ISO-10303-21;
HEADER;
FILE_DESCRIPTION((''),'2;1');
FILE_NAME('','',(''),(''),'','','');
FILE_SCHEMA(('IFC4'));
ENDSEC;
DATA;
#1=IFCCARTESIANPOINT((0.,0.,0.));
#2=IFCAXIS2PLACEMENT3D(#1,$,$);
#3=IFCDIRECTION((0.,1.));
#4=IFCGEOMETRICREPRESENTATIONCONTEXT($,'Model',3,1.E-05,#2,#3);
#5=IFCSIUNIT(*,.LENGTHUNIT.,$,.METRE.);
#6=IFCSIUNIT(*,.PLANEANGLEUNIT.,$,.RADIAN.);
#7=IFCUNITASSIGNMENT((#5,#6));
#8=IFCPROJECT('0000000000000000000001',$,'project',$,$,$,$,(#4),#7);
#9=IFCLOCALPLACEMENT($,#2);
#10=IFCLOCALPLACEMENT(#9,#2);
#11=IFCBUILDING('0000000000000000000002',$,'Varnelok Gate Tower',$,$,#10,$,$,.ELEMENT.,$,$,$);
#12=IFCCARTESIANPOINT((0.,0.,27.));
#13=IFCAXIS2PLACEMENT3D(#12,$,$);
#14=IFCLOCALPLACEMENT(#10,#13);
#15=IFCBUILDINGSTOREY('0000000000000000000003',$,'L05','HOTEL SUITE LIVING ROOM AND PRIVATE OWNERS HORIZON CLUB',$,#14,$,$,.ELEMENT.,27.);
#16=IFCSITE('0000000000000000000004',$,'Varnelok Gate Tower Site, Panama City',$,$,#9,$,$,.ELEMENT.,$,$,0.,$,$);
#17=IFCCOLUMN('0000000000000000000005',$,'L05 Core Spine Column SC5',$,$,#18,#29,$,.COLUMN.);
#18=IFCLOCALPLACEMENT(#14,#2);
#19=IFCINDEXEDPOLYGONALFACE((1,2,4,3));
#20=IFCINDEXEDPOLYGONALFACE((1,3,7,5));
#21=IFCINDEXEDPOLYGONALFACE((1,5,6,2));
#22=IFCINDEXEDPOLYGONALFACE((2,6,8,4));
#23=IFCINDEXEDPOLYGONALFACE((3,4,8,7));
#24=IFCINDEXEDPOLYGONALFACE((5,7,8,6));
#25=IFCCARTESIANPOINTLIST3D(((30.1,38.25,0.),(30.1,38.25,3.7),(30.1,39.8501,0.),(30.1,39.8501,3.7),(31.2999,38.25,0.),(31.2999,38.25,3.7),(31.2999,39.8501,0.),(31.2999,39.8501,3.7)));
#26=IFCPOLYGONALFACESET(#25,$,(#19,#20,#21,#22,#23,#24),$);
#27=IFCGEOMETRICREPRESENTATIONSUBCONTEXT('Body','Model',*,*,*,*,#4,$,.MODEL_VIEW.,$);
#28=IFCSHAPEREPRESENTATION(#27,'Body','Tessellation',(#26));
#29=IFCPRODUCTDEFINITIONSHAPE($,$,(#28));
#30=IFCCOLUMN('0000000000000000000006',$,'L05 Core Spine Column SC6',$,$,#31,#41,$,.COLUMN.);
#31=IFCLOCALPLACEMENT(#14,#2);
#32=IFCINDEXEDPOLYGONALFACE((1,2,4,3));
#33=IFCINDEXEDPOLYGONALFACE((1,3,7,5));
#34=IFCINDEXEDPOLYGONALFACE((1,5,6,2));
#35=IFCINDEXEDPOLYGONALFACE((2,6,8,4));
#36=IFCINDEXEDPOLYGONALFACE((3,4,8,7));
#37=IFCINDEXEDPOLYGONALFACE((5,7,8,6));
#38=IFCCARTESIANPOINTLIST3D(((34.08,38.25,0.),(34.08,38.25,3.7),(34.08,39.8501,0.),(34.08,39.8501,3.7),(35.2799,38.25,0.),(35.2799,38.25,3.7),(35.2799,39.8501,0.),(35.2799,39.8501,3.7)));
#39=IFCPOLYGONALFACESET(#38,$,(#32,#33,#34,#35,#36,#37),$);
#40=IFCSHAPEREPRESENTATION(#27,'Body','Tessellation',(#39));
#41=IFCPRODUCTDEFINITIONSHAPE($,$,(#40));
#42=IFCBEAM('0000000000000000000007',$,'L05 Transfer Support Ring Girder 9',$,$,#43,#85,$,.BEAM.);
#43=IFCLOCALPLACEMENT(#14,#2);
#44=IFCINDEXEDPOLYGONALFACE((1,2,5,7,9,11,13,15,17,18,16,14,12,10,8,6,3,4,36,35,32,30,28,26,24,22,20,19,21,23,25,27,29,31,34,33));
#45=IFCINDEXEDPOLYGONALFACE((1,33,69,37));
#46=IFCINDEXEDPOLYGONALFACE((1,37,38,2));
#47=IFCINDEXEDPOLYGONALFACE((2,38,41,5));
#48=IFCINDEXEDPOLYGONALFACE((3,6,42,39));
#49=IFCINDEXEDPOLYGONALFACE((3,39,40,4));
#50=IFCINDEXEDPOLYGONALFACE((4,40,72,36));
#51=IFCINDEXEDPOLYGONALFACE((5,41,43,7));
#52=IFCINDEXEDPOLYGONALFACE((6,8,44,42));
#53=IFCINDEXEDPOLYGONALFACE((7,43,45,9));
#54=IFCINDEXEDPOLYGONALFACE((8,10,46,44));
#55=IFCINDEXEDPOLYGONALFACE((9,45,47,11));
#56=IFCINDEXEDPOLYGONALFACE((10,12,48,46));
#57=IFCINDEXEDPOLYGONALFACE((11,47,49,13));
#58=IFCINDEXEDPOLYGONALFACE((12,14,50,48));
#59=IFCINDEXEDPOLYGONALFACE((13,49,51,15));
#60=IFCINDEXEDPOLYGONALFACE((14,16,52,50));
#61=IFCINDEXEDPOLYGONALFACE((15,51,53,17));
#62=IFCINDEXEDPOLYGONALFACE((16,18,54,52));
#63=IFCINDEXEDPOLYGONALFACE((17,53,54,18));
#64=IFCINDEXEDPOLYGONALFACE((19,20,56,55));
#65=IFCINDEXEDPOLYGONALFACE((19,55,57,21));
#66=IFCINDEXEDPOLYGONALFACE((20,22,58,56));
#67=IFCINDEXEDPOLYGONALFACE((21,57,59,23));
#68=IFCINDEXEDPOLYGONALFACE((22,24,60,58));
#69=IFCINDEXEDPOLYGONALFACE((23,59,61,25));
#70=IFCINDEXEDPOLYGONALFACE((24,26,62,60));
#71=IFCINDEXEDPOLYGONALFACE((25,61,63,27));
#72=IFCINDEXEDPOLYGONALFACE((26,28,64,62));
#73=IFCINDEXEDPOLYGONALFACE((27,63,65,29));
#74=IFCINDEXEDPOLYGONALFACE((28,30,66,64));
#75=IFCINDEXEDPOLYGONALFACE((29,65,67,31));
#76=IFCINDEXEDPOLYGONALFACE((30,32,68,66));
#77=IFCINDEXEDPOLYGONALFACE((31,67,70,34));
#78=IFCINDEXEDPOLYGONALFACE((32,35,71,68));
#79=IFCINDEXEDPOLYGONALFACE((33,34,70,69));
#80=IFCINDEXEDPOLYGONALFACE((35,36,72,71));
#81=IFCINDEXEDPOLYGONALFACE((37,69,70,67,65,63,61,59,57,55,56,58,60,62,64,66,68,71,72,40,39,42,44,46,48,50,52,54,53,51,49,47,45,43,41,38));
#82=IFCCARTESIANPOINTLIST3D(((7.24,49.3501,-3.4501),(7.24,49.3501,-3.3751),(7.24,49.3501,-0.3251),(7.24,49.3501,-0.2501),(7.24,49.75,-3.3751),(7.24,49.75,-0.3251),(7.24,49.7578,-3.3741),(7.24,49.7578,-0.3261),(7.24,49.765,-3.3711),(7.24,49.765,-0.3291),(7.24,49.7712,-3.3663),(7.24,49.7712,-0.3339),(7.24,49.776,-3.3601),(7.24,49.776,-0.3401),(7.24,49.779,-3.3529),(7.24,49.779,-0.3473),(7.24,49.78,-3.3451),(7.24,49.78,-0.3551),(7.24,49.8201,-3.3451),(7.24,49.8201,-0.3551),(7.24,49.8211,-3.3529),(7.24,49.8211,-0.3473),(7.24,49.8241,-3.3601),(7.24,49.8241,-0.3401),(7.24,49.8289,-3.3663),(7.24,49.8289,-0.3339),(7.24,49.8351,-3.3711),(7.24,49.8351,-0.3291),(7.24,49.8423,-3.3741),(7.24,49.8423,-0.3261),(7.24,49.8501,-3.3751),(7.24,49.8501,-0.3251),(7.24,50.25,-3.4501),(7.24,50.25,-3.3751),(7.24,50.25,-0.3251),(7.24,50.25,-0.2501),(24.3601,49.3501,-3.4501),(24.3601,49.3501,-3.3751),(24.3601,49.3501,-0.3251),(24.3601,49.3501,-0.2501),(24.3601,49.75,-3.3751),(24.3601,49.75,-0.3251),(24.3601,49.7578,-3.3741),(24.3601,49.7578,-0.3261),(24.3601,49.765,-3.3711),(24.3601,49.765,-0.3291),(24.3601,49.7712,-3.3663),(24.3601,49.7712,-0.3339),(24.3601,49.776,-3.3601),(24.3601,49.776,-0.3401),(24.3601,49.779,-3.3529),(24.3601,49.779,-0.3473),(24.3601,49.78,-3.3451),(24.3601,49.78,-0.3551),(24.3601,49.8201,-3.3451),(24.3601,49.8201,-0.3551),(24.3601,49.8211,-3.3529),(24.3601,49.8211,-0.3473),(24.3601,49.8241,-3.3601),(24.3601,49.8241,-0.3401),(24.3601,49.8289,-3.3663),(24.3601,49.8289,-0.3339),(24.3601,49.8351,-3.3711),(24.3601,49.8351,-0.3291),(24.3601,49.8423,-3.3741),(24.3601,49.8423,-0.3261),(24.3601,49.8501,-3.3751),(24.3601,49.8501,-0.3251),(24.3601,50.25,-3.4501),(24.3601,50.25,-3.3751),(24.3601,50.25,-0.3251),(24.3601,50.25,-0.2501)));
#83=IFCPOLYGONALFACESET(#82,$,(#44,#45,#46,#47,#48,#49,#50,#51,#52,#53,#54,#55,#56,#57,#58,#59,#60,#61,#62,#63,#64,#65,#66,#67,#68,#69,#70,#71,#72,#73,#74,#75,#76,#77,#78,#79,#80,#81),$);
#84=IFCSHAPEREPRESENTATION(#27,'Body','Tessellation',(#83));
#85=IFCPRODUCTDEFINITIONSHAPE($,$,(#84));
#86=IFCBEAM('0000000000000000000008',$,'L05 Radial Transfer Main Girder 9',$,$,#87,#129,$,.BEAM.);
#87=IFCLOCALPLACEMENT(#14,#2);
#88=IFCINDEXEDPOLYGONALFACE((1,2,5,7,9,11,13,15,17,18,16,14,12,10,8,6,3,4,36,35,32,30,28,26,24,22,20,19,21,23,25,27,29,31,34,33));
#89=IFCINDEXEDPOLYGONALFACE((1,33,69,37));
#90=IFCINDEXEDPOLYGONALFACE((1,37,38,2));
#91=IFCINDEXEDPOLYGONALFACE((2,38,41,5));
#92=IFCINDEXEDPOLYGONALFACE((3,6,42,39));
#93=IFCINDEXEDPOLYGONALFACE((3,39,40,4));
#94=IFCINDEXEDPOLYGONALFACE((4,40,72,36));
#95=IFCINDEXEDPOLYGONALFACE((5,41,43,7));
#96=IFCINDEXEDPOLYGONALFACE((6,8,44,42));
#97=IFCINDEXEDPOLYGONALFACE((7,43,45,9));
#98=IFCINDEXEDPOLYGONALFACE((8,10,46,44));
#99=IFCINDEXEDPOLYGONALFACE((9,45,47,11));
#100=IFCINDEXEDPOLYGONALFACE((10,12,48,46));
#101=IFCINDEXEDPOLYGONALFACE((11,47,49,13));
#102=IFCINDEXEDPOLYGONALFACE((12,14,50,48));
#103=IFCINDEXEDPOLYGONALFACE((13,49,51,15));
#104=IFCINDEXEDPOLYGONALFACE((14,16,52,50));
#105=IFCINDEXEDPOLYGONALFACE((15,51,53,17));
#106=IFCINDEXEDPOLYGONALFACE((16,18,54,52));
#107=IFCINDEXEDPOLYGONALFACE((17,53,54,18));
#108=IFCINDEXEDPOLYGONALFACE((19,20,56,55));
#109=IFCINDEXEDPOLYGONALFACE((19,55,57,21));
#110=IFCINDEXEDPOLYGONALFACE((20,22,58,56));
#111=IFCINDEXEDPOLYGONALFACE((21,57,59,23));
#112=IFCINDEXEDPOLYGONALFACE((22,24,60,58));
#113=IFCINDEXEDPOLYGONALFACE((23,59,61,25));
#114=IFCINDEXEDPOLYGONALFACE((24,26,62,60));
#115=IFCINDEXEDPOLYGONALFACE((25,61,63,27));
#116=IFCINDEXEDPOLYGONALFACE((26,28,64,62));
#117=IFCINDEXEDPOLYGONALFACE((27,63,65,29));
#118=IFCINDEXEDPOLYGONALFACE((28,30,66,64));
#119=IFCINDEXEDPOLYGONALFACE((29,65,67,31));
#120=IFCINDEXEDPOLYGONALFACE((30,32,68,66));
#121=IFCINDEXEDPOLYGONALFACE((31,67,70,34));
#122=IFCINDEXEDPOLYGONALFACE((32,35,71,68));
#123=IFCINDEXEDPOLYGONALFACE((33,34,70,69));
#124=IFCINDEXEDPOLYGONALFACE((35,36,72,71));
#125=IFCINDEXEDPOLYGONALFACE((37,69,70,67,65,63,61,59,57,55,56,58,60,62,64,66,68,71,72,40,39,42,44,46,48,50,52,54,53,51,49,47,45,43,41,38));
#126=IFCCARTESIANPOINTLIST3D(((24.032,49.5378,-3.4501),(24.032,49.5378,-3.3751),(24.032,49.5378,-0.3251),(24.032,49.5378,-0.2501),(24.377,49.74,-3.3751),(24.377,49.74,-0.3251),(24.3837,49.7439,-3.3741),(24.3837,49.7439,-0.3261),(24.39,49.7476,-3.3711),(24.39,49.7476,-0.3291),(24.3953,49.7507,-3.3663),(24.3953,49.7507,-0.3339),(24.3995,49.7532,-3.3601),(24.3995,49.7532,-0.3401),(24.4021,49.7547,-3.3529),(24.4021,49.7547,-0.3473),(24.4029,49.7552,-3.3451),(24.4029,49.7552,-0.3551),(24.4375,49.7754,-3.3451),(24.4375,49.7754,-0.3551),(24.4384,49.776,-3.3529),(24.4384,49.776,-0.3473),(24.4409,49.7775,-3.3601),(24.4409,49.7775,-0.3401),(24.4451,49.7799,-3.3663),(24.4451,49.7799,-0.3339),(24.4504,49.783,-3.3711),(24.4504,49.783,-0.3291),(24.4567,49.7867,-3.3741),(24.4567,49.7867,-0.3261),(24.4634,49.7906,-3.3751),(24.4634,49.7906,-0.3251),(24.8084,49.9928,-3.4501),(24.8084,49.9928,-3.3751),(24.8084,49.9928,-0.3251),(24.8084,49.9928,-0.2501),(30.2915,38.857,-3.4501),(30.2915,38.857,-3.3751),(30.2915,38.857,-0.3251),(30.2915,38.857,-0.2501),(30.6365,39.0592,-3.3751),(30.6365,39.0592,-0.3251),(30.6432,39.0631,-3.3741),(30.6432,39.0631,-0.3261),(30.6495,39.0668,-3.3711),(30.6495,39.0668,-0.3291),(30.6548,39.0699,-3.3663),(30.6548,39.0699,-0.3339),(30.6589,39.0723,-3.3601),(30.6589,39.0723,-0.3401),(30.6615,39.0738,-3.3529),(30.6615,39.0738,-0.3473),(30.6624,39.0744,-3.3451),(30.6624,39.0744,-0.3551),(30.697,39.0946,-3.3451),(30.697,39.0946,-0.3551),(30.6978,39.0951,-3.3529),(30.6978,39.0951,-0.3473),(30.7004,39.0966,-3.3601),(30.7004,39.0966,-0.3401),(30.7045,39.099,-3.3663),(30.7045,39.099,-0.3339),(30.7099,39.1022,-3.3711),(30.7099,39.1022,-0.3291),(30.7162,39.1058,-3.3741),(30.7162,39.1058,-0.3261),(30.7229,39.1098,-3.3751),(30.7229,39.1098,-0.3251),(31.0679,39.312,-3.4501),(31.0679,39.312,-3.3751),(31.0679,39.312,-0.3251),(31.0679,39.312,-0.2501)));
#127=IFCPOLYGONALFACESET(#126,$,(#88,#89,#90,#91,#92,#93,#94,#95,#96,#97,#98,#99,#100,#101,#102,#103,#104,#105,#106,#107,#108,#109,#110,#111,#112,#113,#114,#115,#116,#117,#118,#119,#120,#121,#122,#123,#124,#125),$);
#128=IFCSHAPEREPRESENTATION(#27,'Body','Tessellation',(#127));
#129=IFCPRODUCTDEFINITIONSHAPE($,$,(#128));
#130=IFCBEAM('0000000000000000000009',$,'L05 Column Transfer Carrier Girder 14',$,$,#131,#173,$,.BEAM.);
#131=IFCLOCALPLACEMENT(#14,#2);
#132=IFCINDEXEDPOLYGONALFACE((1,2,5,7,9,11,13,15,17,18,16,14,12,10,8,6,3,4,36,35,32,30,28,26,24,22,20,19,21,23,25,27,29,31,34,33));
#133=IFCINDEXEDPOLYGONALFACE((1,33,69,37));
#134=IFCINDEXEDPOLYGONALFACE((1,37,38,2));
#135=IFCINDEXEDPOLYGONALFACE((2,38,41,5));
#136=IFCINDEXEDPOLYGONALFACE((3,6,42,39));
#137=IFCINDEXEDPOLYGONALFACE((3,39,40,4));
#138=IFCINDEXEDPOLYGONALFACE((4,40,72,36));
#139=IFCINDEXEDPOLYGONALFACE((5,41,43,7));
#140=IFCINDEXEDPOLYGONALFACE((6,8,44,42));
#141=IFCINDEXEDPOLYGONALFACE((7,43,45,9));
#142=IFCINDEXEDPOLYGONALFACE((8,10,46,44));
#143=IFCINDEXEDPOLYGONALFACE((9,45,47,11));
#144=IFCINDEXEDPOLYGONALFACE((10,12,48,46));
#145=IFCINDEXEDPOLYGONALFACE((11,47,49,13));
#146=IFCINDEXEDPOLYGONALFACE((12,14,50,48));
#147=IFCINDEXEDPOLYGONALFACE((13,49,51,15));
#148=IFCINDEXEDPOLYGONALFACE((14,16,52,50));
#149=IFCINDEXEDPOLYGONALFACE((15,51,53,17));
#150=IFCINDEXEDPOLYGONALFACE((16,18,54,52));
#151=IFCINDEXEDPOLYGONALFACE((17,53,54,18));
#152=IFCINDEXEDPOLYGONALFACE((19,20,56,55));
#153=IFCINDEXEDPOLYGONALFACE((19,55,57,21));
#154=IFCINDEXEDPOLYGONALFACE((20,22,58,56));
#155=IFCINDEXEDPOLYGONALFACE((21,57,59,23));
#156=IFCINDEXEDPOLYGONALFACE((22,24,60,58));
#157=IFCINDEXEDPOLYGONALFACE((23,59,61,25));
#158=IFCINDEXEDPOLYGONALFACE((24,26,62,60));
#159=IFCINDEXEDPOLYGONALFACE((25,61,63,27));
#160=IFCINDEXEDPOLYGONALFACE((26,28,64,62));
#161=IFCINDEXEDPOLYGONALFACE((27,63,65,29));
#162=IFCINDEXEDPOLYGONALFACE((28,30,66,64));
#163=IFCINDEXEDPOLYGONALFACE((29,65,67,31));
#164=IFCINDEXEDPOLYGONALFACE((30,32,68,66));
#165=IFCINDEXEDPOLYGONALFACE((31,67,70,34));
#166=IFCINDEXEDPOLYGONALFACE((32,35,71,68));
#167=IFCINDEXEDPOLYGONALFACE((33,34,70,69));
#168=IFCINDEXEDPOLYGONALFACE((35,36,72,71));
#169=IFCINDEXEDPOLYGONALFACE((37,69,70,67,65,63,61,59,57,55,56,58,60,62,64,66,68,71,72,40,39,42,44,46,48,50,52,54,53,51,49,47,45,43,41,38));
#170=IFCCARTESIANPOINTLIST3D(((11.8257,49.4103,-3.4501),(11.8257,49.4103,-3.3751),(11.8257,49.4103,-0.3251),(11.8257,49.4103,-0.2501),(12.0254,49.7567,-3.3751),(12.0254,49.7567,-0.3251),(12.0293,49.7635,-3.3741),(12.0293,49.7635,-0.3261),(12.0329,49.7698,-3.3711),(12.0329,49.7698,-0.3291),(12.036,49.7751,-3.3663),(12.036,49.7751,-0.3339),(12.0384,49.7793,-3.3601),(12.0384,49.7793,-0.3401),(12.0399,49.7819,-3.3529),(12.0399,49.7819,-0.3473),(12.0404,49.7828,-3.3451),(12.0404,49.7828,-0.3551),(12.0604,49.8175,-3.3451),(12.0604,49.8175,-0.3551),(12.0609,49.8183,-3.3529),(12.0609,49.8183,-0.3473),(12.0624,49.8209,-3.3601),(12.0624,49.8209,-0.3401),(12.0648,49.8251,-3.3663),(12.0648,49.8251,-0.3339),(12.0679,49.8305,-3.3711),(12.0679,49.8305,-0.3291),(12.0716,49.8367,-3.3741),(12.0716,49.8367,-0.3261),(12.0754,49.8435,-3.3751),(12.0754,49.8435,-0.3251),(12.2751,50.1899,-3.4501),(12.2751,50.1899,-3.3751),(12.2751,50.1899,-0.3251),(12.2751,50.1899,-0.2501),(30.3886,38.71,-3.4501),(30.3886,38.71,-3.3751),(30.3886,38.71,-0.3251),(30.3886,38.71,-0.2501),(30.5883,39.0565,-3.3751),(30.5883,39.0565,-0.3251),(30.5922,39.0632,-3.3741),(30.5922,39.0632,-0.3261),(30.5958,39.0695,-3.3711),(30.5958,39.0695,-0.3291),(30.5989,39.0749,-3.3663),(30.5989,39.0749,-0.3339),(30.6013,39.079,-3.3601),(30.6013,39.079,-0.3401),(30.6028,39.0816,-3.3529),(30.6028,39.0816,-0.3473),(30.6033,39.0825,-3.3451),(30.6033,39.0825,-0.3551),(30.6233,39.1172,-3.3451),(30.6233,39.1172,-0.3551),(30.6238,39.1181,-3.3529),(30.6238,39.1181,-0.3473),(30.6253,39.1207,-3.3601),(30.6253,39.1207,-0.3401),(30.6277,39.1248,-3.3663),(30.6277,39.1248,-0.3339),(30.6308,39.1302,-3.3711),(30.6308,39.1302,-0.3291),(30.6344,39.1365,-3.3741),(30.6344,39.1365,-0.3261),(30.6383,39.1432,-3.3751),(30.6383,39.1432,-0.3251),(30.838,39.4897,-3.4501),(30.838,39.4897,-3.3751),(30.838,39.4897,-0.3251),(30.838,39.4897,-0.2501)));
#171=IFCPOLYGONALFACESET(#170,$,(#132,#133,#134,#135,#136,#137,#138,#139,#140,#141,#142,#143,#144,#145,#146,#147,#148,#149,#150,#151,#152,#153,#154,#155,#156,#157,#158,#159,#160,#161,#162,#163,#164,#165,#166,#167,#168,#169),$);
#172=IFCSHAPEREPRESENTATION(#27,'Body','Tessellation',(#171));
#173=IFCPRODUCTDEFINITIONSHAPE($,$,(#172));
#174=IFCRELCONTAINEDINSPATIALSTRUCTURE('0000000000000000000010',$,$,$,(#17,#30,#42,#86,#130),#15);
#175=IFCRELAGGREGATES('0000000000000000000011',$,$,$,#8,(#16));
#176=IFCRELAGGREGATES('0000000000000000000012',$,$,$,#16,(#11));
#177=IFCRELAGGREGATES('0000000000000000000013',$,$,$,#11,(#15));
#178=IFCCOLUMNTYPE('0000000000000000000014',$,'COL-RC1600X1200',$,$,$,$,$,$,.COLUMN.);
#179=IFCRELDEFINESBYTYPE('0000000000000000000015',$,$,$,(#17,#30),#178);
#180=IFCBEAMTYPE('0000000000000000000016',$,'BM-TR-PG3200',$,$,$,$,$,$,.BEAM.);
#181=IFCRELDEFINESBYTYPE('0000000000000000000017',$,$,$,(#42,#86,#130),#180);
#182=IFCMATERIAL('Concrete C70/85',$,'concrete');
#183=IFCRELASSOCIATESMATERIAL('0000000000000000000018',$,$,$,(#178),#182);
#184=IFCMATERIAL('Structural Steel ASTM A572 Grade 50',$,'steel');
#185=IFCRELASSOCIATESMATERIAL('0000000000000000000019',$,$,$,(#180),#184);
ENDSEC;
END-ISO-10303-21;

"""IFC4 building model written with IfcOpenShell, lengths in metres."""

from ifc_helpers import new_model, si_unit, direction, frame, origin, origin_2d, place, context, subcontext, project, spatial, rectangle, i_section, extrude, material, material_profile, profile_set, type_object, element, save


model = new_model("IFC4")

# Units and contexts
model_context = context("Model", 3, precision=1e-05, world=origin(), true_north=direction((0.0, 1.0)))
body_context = subcontext(model_context, "Body", "Model", "MODEL_VIEW")
ifc_project = project(units=[si_unit("LENGTHUNIT", "METRE"), si_unit("PLANEANGLEUNIT", "RADIAN")], contexts=[model_context])

# Site, building, storey
site_placement = place(None, origin())
site = spatial("IfcSite", under=ifc_project, at=site_placement, Name="Varnelok Gate Tower Site, Panama City", CompositionType="ELEMENT", RefElevation=0.0)
building_placement = place(site_placement, origin())
building = spatial("IfcBuilding", under=site, at=building_placement, Name="Varnelok Gate Tower", CompositionType="ELEMENT")
storey_placement = place(building_placement, frame((0.0, 0.0, 27.0)))
storey = spatial("IfcBuildingStorey", under=building, at=storey_placement, Name="L05", Description="HOTEL SUITE LIVING ROOM AND PRIVATE OWNERS HORIZON CLUB", CompositionType="ELEMENT", Elevation=27.0)

# Columns
ifc_material_1 = material(Name="Concrete C70/85", Category="concrete")
ifc_material_profile_1 = material_profile(ifc_material_1, rectangle(XDim=1.2, YDim=1.6001, at=origin_2d()), Name="RC1600X1200")
ifc_profile_set_1 = profile_set([ifc_material_profile_1], Name="Concrete C70/85")
column_type = type_object("IfcColumnType", Name="COL-RC1600X1200", PredefinedType="COLUMN", material=ifc_profile_set_1)
for number, where, z_axis, x_axis, name in (
    (1, (30.7, 39.05, 0.0), (0.0, 0.0, 1.0), (1.0, 0.0, 0.0), "L05 Core Spine Column SC5"),
    (2, (34.6799, 39.05, 0.0), (0.0, 0.0, 1.0), (1.0, 0.0, 0.0), "L05 Core Spine Column SC6"),
):
    element("IfcColumn", number, at=place(storey_placement, frame(where, z_axis=z_axis, x_axis=x_axis)), inside=storey, type_object=column_type, Name=name, PredefinedType="COLUMN", context=body_context, shape_type="SweptSolid", body=[
        extrude(rectangle(XDim=1.2, YDim=1.6001, at=origin_2d()), origin(), (0.0, 0.0, 1.0), 3.7),
    ])

# Beams
ifc_material_2 = material(Name="Structural Steel ASTM A572 Grade 50", Category="steel")
ifc_material_profile_2 = material_profile(ifc_material_2, i_section(OverallWidth=0.8999, OverallDepth=3.2, WebThickness=0.04, FlangeThickness=0.075, FilletRadius=0.03, at=origin_2d()), Name="PG3200X900")
ifc_profile_set_2 = profile_set([ifc_material_profile_2], Name="Structural Steel ASTM A572 Grade 50")
beam_type = type_object("IfcBeamType", Name="BM-TR-PG3200", PredefinedType="BEAM", material=ifc_profile_set_2)
beam_1_placement = place(storey_placement, frame((24.3601, 49.8, -1.8501), z_axis=(-1.0, 0.0, 0.0), x_axis=(0.0, -1.0, 0.0)))
element("IfcBeam", 3, at=beam_1_placement, inside=storey, type_object=beam_type, Name="L05 Transfer Support Ring Girder 9", PredefinedType="BEAM", context=body_context, shape_type="SweptSolid", body=[
    extrude(i_section(OverallWidth=0.8999, OverallDepth=3.2, WebThickness=0.04, FlangeThickness=0.075, FilletRadius=0.03, at=origin_2d()), origin(), (0.0, 0.0, 1.0), 17.1201),
])
beam_2_placement = place(storey_placement, frame((30.6797, 39.0845, -1.8501), z_axis=(-0.505617, 0.862758, 0.0), x_axis=(-0.862758, -0.505617, 0.0)))
element("IfcBeam", 4, at=beam_2_placement, inside=storey, type_object=beam_type, Name="L05 Radial Transfer Main Girder 9", PredefinedType="BEAM", context=body_context, shape_type="SweptSolid", body=[
    extrude(i_section(OverallWidth=0.8999, OverallDepth=3.2, WebThickness=0.04, FlangeThickness=0.075, FilletRadius=0.03, at=origin_2d()), origin(), (0.0, 0.0, 1.0), 12.3799),
])
beam_3_placement = place(storey_placement, frame((30.6133, 39.0999, -1.8501), z_axis=(-0.866369, 0.499404, 0.0), x_axis=(-0.499404, -0.866369, 0.0)))
element("IfcBeam", 5, at=beam_3_placement, inside=storey, type_object=beam_type, Name="L05 Column Transfer Carrier Girder 14", PredefinedType="BEAM", context=body_context, shape_type="SweptSolid", body=[
    extrude(i_section(OverallWidth=0.8999, OverallDepth=3.2, WebThickness=0.04, FlangeThickness=0.075, FilletRadius=0.03, at=origin_2d()), origin(), (0.0, 0.0, 1.0), 21.426),
])

save(model, "model.ifc")
